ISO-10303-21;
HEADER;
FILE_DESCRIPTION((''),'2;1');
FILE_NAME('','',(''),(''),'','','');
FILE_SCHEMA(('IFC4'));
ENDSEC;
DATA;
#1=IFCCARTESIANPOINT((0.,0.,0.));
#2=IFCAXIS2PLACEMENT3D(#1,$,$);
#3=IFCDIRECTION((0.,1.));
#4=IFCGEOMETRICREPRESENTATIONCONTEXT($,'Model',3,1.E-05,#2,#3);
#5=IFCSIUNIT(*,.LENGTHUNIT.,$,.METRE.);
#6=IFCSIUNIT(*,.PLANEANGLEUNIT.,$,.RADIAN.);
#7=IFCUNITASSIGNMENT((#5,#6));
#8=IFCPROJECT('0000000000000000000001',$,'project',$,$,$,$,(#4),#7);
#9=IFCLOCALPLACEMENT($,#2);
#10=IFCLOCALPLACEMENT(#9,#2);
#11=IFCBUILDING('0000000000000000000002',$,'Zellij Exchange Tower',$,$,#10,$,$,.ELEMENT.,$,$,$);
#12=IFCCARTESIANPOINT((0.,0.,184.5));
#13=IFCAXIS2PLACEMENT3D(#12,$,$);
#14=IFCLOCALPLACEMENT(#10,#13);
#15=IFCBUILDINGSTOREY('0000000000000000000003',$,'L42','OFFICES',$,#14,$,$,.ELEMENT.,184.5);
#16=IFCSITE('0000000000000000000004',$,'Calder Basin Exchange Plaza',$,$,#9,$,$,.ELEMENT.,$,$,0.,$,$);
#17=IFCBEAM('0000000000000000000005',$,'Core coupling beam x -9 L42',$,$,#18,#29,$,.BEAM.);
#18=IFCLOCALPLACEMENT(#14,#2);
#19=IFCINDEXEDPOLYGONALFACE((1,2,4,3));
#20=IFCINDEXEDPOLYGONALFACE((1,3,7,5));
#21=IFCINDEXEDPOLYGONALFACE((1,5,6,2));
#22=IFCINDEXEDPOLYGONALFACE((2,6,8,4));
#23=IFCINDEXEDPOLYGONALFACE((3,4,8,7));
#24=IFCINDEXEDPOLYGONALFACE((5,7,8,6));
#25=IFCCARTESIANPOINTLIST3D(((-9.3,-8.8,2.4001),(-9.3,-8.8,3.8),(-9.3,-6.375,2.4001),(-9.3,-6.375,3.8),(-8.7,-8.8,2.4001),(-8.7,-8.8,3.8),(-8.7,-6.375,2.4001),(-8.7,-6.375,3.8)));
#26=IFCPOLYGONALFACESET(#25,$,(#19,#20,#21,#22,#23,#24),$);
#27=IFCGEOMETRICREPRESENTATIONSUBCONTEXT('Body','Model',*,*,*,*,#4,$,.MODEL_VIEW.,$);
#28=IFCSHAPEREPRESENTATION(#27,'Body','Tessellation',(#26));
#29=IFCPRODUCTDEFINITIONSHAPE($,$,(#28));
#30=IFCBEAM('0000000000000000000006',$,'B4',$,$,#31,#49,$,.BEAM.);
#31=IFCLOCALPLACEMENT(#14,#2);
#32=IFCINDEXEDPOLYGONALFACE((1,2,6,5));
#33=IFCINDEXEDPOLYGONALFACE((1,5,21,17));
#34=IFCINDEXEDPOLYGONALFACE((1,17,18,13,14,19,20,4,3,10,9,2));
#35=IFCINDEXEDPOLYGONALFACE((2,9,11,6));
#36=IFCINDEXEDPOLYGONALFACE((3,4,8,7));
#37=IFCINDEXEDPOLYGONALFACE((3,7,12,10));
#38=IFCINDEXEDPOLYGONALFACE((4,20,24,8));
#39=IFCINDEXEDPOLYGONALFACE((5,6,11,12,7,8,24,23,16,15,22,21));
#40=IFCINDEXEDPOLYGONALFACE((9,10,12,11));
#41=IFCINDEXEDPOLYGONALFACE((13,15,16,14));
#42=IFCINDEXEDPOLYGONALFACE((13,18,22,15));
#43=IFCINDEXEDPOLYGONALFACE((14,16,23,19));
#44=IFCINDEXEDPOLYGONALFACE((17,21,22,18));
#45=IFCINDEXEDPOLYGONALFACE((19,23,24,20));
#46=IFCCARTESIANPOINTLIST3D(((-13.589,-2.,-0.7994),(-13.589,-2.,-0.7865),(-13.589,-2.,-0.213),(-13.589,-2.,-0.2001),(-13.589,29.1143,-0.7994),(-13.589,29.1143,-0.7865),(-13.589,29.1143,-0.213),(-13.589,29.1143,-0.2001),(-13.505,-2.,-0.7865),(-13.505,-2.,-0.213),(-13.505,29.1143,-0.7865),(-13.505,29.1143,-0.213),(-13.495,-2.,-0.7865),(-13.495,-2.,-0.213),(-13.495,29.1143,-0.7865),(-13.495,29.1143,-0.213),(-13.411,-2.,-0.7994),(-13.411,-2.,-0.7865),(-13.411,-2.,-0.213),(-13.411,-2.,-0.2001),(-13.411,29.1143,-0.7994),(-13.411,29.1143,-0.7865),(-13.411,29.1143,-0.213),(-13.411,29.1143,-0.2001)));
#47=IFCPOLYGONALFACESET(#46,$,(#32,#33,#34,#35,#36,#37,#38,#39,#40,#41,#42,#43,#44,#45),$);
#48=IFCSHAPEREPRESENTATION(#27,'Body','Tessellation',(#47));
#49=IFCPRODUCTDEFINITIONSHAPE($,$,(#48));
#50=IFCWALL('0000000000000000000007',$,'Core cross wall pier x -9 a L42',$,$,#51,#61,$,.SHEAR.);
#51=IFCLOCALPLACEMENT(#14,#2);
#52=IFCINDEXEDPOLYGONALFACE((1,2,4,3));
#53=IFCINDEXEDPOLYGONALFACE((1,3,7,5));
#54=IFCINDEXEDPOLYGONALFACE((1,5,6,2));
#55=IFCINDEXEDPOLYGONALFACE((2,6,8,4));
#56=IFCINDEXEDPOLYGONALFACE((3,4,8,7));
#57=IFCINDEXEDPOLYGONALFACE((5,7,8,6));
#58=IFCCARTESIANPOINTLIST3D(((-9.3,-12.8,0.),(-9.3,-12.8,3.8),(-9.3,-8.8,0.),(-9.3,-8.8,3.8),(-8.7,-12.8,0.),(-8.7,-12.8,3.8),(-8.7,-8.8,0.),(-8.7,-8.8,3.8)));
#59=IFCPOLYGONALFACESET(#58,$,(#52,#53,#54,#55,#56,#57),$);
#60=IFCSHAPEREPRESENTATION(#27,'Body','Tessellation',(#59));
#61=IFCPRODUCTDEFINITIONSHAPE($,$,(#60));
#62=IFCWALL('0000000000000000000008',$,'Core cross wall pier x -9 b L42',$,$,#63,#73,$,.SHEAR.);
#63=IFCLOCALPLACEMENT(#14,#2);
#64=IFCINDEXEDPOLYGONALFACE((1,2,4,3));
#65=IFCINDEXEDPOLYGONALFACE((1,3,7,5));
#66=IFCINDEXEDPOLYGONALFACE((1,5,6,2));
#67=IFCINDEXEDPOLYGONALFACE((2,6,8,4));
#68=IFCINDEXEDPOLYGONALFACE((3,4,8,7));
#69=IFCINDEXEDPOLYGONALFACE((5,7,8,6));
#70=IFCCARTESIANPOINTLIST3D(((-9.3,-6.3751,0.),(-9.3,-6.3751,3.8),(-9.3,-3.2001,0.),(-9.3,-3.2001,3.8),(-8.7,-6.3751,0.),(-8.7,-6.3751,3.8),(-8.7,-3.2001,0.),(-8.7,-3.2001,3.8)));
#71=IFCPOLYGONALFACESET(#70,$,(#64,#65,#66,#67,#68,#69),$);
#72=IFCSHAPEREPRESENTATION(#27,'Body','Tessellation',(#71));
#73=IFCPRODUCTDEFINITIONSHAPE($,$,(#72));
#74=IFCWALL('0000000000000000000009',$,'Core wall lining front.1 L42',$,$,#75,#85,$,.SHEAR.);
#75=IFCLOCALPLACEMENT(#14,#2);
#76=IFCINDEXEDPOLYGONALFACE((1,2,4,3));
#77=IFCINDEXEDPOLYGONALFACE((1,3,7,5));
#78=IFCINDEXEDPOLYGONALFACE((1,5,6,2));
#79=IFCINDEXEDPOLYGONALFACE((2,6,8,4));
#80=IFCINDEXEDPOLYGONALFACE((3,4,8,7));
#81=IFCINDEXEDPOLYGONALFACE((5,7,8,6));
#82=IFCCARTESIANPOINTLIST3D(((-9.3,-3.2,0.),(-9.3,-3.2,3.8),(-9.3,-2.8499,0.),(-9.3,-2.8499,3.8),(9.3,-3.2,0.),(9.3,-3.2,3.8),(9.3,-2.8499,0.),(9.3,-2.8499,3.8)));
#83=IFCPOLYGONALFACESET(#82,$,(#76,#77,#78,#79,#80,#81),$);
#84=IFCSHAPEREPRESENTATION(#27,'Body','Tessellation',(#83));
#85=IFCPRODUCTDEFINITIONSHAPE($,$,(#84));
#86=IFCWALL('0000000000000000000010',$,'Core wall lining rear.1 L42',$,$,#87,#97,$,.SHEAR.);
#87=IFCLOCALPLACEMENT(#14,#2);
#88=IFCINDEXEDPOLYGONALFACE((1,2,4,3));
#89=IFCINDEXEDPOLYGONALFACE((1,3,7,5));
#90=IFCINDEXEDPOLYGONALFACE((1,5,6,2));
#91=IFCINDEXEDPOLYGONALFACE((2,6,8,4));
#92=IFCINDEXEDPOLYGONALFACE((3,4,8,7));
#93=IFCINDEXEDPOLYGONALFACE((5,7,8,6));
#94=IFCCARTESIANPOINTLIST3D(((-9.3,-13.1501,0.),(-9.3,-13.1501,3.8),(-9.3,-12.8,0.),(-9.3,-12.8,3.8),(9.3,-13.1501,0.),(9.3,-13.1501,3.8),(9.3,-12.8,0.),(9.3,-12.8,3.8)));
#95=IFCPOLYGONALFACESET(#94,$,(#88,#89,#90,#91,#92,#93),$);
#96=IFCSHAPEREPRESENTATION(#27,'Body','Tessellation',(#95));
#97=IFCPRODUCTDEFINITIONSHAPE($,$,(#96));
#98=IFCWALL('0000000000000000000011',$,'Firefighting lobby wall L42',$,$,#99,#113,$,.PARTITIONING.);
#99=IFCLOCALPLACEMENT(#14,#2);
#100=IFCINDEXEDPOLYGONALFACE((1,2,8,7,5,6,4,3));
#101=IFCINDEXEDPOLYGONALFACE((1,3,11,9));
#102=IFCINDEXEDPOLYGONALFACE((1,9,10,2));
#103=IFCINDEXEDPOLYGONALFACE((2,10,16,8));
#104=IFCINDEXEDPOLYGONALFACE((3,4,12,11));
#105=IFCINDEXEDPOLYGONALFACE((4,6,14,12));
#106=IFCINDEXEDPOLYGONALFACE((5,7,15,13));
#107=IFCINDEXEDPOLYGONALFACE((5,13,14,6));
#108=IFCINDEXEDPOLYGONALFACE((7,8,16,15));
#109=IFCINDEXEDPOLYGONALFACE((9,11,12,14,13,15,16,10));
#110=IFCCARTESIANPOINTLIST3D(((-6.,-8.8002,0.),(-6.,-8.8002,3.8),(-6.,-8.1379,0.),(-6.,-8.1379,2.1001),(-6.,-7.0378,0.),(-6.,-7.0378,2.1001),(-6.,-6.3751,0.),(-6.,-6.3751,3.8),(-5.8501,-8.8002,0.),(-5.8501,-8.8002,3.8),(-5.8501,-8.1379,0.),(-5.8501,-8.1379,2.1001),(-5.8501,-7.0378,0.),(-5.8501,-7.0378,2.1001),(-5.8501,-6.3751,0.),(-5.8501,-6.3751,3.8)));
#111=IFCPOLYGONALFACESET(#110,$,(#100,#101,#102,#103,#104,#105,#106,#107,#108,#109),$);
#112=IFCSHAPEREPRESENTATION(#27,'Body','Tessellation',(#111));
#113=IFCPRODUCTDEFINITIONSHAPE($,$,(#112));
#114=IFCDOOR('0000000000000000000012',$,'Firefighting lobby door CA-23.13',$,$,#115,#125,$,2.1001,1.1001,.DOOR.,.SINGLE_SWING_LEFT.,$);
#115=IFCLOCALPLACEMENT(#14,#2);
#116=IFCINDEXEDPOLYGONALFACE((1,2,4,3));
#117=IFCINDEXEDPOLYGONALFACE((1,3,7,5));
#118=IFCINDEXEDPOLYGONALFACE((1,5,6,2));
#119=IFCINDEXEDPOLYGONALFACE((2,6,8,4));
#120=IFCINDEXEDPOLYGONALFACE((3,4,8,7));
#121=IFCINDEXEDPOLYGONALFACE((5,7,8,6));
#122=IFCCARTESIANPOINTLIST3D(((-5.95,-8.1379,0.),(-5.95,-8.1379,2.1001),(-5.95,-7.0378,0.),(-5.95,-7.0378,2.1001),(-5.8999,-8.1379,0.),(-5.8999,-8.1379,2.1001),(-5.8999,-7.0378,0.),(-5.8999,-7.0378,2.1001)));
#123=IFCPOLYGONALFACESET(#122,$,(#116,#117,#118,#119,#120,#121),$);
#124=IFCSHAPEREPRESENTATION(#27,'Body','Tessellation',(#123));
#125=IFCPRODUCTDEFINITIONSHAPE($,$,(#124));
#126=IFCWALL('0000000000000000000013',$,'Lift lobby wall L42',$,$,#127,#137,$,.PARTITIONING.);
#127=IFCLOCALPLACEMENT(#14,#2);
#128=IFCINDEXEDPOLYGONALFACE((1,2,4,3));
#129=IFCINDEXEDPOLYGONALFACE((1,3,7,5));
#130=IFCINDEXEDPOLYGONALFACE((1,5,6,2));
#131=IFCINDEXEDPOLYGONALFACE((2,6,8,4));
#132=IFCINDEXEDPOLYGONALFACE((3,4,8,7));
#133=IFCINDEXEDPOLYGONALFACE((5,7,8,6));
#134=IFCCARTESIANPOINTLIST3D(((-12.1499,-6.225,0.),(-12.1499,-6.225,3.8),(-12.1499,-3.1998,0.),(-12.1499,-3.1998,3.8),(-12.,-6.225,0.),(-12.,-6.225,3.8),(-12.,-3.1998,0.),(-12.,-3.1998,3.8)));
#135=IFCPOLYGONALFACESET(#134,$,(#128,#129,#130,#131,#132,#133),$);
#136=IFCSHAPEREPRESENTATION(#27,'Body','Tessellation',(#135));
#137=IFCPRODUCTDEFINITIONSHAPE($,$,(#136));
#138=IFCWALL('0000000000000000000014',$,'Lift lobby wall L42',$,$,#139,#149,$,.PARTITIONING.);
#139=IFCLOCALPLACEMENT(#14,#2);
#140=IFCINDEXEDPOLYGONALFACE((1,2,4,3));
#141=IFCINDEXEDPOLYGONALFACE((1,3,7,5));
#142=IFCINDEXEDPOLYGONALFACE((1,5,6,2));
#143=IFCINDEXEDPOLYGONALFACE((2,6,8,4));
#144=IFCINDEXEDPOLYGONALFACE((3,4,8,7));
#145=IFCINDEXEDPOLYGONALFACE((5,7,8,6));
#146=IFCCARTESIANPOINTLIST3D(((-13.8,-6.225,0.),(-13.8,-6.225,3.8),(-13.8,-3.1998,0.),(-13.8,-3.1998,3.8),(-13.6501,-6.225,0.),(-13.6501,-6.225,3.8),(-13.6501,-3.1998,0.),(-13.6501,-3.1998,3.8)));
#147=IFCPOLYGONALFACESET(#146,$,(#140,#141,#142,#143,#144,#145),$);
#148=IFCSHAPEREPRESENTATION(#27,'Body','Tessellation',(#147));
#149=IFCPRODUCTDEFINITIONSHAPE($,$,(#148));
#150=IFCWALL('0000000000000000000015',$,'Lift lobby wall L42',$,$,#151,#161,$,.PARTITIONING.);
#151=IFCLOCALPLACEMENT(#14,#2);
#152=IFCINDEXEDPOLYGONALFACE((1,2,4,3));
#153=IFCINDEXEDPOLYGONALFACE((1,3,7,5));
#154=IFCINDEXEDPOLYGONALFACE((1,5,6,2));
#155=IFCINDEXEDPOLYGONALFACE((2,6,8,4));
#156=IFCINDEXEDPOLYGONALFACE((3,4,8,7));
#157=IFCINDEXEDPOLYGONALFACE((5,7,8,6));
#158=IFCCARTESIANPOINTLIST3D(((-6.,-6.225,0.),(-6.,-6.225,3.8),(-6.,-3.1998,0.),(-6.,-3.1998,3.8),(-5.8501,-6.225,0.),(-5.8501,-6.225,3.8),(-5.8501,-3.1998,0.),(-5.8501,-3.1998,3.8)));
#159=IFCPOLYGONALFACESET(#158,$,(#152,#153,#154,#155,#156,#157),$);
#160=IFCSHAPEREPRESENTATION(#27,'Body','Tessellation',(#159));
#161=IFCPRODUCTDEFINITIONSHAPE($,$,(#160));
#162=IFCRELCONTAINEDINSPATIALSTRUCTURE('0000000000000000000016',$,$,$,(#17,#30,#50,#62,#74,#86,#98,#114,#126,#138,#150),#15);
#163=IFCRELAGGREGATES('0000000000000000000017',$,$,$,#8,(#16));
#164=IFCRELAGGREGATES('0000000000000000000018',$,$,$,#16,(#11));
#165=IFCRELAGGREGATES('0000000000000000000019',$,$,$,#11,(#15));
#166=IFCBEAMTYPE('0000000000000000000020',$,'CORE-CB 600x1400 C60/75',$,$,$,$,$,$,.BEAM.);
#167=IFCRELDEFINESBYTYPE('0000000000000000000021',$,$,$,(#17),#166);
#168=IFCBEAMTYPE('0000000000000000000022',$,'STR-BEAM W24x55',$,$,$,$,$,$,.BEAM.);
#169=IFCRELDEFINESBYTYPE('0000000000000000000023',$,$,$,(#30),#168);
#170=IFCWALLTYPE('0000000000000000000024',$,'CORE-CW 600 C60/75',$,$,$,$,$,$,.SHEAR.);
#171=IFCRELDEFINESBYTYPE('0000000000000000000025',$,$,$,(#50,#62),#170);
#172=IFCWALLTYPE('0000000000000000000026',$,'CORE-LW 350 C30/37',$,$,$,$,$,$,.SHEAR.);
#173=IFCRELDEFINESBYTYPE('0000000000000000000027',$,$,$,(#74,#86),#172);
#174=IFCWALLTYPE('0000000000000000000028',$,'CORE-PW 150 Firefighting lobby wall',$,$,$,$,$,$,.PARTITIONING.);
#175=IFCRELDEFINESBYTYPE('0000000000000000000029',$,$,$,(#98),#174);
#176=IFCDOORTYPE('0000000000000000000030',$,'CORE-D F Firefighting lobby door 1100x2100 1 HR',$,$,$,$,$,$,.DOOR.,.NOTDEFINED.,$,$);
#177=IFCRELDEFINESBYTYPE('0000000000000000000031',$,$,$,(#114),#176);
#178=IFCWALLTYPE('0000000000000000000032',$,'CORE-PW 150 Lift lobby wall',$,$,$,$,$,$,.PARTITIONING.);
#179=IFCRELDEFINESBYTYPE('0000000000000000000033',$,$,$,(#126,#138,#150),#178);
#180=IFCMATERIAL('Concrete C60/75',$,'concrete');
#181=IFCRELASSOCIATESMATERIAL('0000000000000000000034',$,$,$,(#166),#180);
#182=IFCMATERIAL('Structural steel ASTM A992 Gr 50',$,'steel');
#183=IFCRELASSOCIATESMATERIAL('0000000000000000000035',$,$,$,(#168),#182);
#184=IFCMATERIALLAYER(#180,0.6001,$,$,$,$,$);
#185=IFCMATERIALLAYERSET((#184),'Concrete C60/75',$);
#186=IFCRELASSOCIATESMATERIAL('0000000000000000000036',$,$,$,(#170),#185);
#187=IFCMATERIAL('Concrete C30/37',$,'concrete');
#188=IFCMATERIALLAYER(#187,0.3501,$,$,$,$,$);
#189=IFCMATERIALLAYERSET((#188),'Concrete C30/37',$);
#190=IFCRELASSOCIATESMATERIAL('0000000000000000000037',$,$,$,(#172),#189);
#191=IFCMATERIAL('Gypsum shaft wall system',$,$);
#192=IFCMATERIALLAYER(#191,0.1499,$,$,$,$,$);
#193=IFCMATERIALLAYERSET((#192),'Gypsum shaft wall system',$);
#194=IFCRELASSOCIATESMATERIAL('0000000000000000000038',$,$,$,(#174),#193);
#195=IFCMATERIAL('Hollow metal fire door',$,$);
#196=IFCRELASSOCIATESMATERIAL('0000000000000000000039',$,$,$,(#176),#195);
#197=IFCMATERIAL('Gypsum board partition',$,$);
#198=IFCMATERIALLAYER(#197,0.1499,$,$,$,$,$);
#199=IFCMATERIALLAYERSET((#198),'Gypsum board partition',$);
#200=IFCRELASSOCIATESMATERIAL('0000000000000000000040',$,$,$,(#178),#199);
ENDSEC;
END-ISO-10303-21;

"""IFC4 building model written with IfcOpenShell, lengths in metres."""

from ifc_helpers import new_model, si_unit, direction, frame, frame_2d, origin, origin_2d, place, context, subcontext, project, spatial, rectangle, i_section, extrude, material, layer, layer_set, material_profile, profile_set, type_object, element, fill, save


model = new_model("IFC4")

# Units and contexts
model_context = context("Model", 3, precision=1e-05, world=origin(), true_north=direction((0.0, 1.0)))
body_context = subcontext(model_context, "Body", "Model", "MODEL_VIEW")
ifc_project = project(units=[si_unit("LENGTHUNIT", "METRE"), si_unit("PLANEANGLEUNIT", "RADIAN")], contexts=[model_context])

# Site, building, storey
site_placement = place(None, origin())
site = spatial("IfcSite", under=ifc_project, at=site_placement, Name="Calder Basin Exchange Plaza", CompositionType="ELEMENT", RefElevation=0.0)
building_placement = place(site_placement, origin())
building = spatial("IfcBuilding", under=site, at=building_placement, Name="Zellij Exchange Tower", CompositionType="ELEMENT")
storey_placement = place(building_placement, frame((0.0, 0.0, 184.5)))
storey = spatial("IfcBuildingStorey", under=building, at=storey_placement, Name="L42", Description="OFFICES", CompositionType="ELEMENT", Elevation=184.5)

# Beams
ifc_material_1 = material(Name="Concrete C60/75", Category="concrete")
ifc_material_profile_1 = material_profile(ifc_material_1, rectangle(XDim=0.6001, YDim=1.3999, at=origin_2d()), Name="CORE-CB 600x1400 C60/75")
ifc_profile_set_1 = profile_set([ifc_material_profile_1], Name="Concrete C60/75")
beam_type_1 = type_object("IfcBeamType", Name="CORE-CB 600x1400 C60/75", PredefinedType="BEAM", material=ifc_profile_set_1)
beam_1_placement = place(storey_placement, frame((-9.0, -8.8, 3.1001), z_axis=(0.0, 1.0, 0.0), x_axis=(-1.0, 0.0, 0.0)))
element("IfcBeam", 1, at=beam_1_placement, inside=storey, type_object=beam_type_1, Name="Core coupling beam x -9 L42", PredefinedType="BEAM", context=body_context, shape_type="SweptSolid", body=[
    extrude(rectangle(XDim=0.6001, YDim=1.3999, at=origin_2d()), origin(), (0.0, 0.0, 1.0), 2.425),
])
ifc_material_2 = material(Name="Structural steel ASTM A992 Gr 50", Category="steel")
ifc_material_profile_2 = material_profile(ifc_material_2, i_section(OverallWidth=0.178, OverallDepth=0.5994, WebThickness=0.01, FlangeThickness=0.0129, at=origin_2d()), Name="W24x55")
ifc_profile_set_2 = profile_set([ifc_material_profile_2], Name="Structural steel ASTM A992 Gr 50")
beam_type_2 = type_object("IfcBeamType", Name="STR-BEAM W24x55", PredefinedType="BEAM", material=ifc_profile_set_2)
beam_2_placement = place(storey_placement, frame((-13.5, -2.0, -0.4998), z_axis=(0.0, 1.0, 0.0), x_axis=(-1.0, 0.0, 0.0)))
element("IfcBeam", 2, at=beam_2_placement, inside=storey, type_object=beam_type_2, Name="B4", PredefinedType="BEAM", context=body_context, shape_type="SweptSolid", body=[
    extrude(i_section(OverallWidth=0.178, OverallDepth=0.5994, WebThickness=0.01, FlangeThickness=0.0129, at=origin_2d()), origin(), (0.0, 0.0, 1.0), 31.1143),
])

# Walls
ifc_layer_1 = layer(ifc_material_1, 0.6001)
ifc_layer_set_1 = layer_set([ifc_layer_1], Name="Concrete C60/75")
wall_type_1 = type_object("IfcWallType", Name="CORE-CW 600 C60/75", PredefinedType="SHEAR", material=ifc_layer_set_1)
wall_1_placement = place(storey_placement, frame((-9.0, -12.8, 0.0), z_axis=(0.0, 0.0, 1.0), x_axis=(0.0, 1.0, 0.0)))
element("IfcWall", 3, at=wall_1_placement, inside=storey, type_object=wall_type_1, Name="Core cross wall pier x -9 a L42", PredefinedType="SHEAR", context=body_context, shape_type="SweptSolid", body=[
    extrude(rectangle(XDim=4.0, YDim=0.6001, at=frame_2d((2.0, 0.0))), origin(), (0.0, 0.0, 1.0), 3.8),
])
wall_2_placement = place(storey_placement, frame((-9.0, -6.375, 0.0), z_axis=(0.0, 0.0, 1.0), x_axis=(0.0, 1.0, 0.0)))
element("IfcWall", 4, at=wall_2_placement, inside=storey, type_object=wall_type_1, Name="Core cross wall pier x -9 b L42", PredefinedType="SHEAR", context=body_context, shape_type="SweptSolid", body=[
    extrude(rectangle(XDim=3.175, YDim=0.6001, at=frame_2d((1.5874, 0.0))), origin(), (0.0, 0.0, 1.0), 3.8),
])
ifc_material_3 = material(Name="Concrete C30/37", Category="concrete")
ifc_layer_2 = layer(ifc_material_3, 0.3501)
ifc_layer_set_2 = layer_set([ifc_layer_2], Name="Concrete C30/37")
wall_type_2 = type_object("IfcWallType", Name="CORE-LW 350 C30/37", PredefinedType="SHEAR", material=ifc_layer_set_2)
for number, where, z_axis, x_axis, name in (
    (5, (-9.3, -3.0249, 0.0), (0.0, 0.0, 1.0), (1.0, 0.0, 0.0), "Core wall lining front.1 L42"),
    (6, (-9.3, -12.9751, 0.0), (0.0, 0.0, 1.0), (1.0, 0.0, 0.0), "Core wall lining rear.1 L42"),
):
    element("IfcWall", number, at=place(storey_placement, frame(where, z_axis=z_axis, x_axis=x_axis)), inside=storey, type_object=wall_type_2, Name=name, PredefinedType="SHEAR", context=body_context, shape_type="SweptSolid", body=[
        extrude(rectangle(XDim=18.6001, YDim=0.3501, at=frame_2d((9.3, 0.0))), origin(), (0.0, 0.0, 1.0), 3.8),
    ])

# Wall, opening, door
ifc_material_4 = material(Name="Gypsum shaft wall system")
ifc_layer_3 = layer(ifc_material_4, 0.1499)
ifc_layer_set_3 = layer_set([ifc_layer_3], Name="Gypsum shaft wall system")
wall_type_3 = type_object("IfcWallType", Name="CORE-PW 150 Firefighting lobby wall", PredefinedType="PARTITIONING", material=ifc_layer_set_3)
wall_3_placement = place(storey_placement, frame((-5.925, -8.8, 0.0), z_axis=(0.0, 0.0, 1.0), x_axis=(0.0, 1.0, 0.0)))
wall_3 = element("IfcWall", 7, at=wall_3_placement, inside=storey, type_object=wall_type_3, Name="Firefighting lobby wall L42", PredefinedType="PARTITIONING", context=body_context, shape_type="SweptSolid", body=[
    extrude(rectangle(XDim=2.425, YDim=0.1499, at=frame_2d((1.2124, 0.0))), origin(), (0.0, 0.0, 1.0), 3.8),
])
opening_1_placement = place(wall_3_placement, frame((0.6621, 0.0, 0.0)))
opening_1 = element("IfcOpeningElement", 8, at=opening_1_placement, cuts=wall_3, PredefinedType="OPENING", context=body_context, shape_type="SweptSolid", body=[
    extrude(rectangle(XDim=1.1001, YDim=2.1001, at=frame_2d((0.55, 1.05))), frame((0.0, 0.0869, 0.0), z_axis=(0.0, -1.0, 0.0), x_axis=(1.0, 0.0, 0.0)), (0.0, 0.0, 1.0), 0.1738),
])
ifc_material_5 = material(Name="Hollow metal fire door")
door_type_1 = type_object("IfcDoorType", Name="CORE-D F Firefighting lobby door 1100x2100 1 HR", OperationType="NOTDEFINED", PredefinedType="DOOR", material=ifc_material_5)
door_1_placement = place(opening_1_placement, origin())
door_1 = element("IfcDoor", 9, at=door_1_placement, inside=storey, type_object=door_type_1, Name="Firefighting lobby door CA-23.13", OperationType="SINGLE_SWING_LEFT", OverallHeight=2.1001, OverallWidth=1.1001, PredefinedType="DOOR", context=body_context, shape_type="SweptSolid", body=[
    extrude(rectangle(XDim=1.1001, YDim=2.1001, at=frame_2d((0.55, 1.05))), frame((0.0, 0.0249, 0.0), z_axis=(0.0, -1.0, 0.0), x_axis=(1.0, 0.0, 0.0)), (0.0, 0.0, 1.0), 0.05),
])
fill(opening_1, door_1)

# Walls
ifc_material_6 = material(Name="Gypsum board partition")
ifc_layer_4 = layer(ifc_material_6, 0.1499)
ifc_layer_set_4 = layer_set([ifc_layer_4], Name="Gypsum board partition")
wall_type_4 = type_object("IfcWallType", Name="CORE-PW 150 Lift lobby wall", PredefinedType="PARTITIONING", material=ifc_layer_set_4)
for number, where, z_axis, x_axis, name in (
    (10, (-12.075, -6.2251, 0.0), (0.0, 0.0, 1.0), (0.0, 1.0, 0.0), "Lift lobby wall L42"),
    (11, (-13.7251, -6.2251, 0.0), (0.0, 0.0, 1.0), (0.0, 1.0, 0.0), "Lift lobby wall L42"),
    (12, (-5.925, -6.2251, 0.0), (0.0, 0.0, 1.0), (0.0, 1.0, 0.0), "Lift lobby wall L42"),
):
    element("IfcWall", number, at=place(storey_placement, frame(where, z_axis=z_axis, x_axis=x_axis)), inside=storey, type_object=wall_type_4, Name=name, PredefinedType="PARTITIONING", context=body_context, shape_type="SweptSolid", body=[
        extrude(rectangle(XDim=3.0251, YDim=0.1499, at=frame_2d((1.5127, 0.0))), origin(), (0.0, 0.0, 1.0), 3.8),
    ])

save(model, "model.ifc")
